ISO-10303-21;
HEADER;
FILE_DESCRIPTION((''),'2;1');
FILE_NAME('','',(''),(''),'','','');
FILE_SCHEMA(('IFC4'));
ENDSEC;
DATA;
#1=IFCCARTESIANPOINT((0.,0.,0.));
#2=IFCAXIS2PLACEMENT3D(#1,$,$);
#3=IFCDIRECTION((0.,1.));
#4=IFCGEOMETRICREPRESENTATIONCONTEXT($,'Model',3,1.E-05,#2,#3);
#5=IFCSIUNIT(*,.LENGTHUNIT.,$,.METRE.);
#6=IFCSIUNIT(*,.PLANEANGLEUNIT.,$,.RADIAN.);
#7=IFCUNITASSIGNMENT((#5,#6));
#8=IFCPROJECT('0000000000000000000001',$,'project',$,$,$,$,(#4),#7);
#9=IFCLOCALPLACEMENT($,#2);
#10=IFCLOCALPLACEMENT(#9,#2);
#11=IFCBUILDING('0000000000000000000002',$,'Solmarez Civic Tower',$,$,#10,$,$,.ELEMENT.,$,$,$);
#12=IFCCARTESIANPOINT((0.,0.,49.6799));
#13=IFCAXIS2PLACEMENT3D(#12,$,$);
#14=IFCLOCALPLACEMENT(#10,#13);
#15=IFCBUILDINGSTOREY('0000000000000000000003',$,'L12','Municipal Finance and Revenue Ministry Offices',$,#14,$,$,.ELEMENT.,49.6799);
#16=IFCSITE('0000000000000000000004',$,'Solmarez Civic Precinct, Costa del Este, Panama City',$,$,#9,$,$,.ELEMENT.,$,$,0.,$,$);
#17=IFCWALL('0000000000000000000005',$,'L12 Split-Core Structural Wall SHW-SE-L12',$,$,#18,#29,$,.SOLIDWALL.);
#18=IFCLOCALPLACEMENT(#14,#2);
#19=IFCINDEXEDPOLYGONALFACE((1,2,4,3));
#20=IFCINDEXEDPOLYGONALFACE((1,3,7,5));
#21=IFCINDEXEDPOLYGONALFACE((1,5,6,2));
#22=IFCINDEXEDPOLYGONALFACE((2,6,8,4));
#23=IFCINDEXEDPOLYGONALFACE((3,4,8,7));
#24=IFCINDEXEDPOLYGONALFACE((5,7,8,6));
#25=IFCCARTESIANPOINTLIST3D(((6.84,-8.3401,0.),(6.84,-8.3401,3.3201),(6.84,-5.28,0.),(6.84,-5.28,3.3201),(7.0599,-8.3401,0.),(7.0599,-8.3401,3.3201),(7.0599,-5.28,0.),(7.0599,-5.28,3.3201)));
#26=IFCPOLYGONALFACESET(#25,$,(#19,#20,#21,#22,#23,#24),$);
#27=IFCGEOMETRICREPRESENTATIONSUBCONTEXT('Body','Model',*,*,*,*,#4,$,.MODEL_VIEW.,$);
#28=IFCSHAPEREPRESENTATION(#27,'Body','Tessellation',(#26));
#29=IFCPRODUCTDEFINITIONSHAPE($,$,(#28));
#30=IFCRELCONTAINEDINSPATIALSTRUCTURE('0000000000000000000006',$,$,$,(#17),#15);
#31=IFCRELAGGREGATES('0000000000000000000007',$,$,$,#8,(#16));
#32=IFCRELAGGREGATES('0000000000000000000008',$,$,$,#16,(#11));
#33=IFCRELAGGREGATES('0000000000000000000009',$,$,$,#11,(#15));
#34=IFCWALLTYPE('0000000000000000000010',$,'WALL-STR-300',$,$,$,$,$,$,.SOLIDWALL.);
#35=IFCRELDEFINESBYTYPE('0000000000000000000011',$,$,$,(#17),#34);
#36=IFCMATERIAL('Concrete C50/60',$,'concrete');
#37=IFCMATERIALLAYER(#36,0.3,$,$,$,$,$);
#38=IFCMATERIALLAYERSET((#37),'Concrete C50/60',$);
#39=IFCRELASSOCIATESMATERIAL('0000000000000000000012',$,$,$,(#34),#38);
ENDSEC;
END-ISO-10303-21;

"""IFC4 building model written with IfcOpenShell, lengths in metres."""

from ifc_helpers import new_model, si_unit, direction, frame, frame_2d, origin, place, context, subcontext, project, spatial, rectangle, extrude, material, layer, layer_set, type_object, element, save


model = new_model("IFC4")

# Units and contexts
model_context = context("Model", 3, precision=1e-05, world=origin(), true_north=direction((0.0, 1.0)))
body_context = subcontext(model_context, "Body", "Model", "MODEL_VIEW")
ifc_project = project(units=[si_unit("LENGTHUNIT", "METRE"), si_unit("PLANEANGLEUNIT", "RADIAN")], contexts=[model_context])

# Site, building, storey
site_placement = place(None, origin())
site = spatial("IfcSite", under=ifc_project, at=site_placement, Name="Solmarez Civic Precinct, Costa del Este, Panama City", CompositionType="ELEMENT", RefElevation=0.0)
building_placement = place(site_placement, origin())
building = spatial("IfcBuilding", under=site, at=building_placement, Name="Solmarez Civic Tower", CompositionType="ELEMENT")
storey_placement = place(building_placement, frame((0.0, 0.0, 49.6799)))
storey = spatial("IfcBuildingStorey", under=building, at=storey_placement, Name="L12", Description="Municipal Finance and Revenue Ministry Offices", CompositionType="ELEMENT", Elevation=49.6799)

# Shared definitions
ifc_material_1 = material(Name="Concrete C50/60", Category="concrete")

# Wall
ifc_layer_1 = layer(ifc_material_1, 0.3)
ifc_layer_set_1 = layer_set([ifc_layer_1], Name="Concrete C50/60")
wall_type_1 = type_object("IfcWallType", Name="WALL-STR-300", PredefinedType="SOLIDWALL", material=ifc_layer_set_1)
wall_1_placement = place(storey_placement, frame((6.95, -8.3401, 0.0), z_axis=(0.0, 0.0, 1.0), x_axis=(0.0, 1.0, 0.0)))
element("IfcWall", 1, at=wall_1_placement, inside=storey, type_object=wall_type_1, Name="L12 Split-Core Structural Wall SHW-SE-L12", PredefinedType="SOLIDWALL", context=body_context, shape_type="SweptSolid", body=[
    extrude(rectangle(XDim=3.0601, YDim=0.22, at=frame_2d((1.53, 0.0))), origin(), (0.0, 0.0, 1.0), 3.3201),
])

save(model, "model.ifc")
